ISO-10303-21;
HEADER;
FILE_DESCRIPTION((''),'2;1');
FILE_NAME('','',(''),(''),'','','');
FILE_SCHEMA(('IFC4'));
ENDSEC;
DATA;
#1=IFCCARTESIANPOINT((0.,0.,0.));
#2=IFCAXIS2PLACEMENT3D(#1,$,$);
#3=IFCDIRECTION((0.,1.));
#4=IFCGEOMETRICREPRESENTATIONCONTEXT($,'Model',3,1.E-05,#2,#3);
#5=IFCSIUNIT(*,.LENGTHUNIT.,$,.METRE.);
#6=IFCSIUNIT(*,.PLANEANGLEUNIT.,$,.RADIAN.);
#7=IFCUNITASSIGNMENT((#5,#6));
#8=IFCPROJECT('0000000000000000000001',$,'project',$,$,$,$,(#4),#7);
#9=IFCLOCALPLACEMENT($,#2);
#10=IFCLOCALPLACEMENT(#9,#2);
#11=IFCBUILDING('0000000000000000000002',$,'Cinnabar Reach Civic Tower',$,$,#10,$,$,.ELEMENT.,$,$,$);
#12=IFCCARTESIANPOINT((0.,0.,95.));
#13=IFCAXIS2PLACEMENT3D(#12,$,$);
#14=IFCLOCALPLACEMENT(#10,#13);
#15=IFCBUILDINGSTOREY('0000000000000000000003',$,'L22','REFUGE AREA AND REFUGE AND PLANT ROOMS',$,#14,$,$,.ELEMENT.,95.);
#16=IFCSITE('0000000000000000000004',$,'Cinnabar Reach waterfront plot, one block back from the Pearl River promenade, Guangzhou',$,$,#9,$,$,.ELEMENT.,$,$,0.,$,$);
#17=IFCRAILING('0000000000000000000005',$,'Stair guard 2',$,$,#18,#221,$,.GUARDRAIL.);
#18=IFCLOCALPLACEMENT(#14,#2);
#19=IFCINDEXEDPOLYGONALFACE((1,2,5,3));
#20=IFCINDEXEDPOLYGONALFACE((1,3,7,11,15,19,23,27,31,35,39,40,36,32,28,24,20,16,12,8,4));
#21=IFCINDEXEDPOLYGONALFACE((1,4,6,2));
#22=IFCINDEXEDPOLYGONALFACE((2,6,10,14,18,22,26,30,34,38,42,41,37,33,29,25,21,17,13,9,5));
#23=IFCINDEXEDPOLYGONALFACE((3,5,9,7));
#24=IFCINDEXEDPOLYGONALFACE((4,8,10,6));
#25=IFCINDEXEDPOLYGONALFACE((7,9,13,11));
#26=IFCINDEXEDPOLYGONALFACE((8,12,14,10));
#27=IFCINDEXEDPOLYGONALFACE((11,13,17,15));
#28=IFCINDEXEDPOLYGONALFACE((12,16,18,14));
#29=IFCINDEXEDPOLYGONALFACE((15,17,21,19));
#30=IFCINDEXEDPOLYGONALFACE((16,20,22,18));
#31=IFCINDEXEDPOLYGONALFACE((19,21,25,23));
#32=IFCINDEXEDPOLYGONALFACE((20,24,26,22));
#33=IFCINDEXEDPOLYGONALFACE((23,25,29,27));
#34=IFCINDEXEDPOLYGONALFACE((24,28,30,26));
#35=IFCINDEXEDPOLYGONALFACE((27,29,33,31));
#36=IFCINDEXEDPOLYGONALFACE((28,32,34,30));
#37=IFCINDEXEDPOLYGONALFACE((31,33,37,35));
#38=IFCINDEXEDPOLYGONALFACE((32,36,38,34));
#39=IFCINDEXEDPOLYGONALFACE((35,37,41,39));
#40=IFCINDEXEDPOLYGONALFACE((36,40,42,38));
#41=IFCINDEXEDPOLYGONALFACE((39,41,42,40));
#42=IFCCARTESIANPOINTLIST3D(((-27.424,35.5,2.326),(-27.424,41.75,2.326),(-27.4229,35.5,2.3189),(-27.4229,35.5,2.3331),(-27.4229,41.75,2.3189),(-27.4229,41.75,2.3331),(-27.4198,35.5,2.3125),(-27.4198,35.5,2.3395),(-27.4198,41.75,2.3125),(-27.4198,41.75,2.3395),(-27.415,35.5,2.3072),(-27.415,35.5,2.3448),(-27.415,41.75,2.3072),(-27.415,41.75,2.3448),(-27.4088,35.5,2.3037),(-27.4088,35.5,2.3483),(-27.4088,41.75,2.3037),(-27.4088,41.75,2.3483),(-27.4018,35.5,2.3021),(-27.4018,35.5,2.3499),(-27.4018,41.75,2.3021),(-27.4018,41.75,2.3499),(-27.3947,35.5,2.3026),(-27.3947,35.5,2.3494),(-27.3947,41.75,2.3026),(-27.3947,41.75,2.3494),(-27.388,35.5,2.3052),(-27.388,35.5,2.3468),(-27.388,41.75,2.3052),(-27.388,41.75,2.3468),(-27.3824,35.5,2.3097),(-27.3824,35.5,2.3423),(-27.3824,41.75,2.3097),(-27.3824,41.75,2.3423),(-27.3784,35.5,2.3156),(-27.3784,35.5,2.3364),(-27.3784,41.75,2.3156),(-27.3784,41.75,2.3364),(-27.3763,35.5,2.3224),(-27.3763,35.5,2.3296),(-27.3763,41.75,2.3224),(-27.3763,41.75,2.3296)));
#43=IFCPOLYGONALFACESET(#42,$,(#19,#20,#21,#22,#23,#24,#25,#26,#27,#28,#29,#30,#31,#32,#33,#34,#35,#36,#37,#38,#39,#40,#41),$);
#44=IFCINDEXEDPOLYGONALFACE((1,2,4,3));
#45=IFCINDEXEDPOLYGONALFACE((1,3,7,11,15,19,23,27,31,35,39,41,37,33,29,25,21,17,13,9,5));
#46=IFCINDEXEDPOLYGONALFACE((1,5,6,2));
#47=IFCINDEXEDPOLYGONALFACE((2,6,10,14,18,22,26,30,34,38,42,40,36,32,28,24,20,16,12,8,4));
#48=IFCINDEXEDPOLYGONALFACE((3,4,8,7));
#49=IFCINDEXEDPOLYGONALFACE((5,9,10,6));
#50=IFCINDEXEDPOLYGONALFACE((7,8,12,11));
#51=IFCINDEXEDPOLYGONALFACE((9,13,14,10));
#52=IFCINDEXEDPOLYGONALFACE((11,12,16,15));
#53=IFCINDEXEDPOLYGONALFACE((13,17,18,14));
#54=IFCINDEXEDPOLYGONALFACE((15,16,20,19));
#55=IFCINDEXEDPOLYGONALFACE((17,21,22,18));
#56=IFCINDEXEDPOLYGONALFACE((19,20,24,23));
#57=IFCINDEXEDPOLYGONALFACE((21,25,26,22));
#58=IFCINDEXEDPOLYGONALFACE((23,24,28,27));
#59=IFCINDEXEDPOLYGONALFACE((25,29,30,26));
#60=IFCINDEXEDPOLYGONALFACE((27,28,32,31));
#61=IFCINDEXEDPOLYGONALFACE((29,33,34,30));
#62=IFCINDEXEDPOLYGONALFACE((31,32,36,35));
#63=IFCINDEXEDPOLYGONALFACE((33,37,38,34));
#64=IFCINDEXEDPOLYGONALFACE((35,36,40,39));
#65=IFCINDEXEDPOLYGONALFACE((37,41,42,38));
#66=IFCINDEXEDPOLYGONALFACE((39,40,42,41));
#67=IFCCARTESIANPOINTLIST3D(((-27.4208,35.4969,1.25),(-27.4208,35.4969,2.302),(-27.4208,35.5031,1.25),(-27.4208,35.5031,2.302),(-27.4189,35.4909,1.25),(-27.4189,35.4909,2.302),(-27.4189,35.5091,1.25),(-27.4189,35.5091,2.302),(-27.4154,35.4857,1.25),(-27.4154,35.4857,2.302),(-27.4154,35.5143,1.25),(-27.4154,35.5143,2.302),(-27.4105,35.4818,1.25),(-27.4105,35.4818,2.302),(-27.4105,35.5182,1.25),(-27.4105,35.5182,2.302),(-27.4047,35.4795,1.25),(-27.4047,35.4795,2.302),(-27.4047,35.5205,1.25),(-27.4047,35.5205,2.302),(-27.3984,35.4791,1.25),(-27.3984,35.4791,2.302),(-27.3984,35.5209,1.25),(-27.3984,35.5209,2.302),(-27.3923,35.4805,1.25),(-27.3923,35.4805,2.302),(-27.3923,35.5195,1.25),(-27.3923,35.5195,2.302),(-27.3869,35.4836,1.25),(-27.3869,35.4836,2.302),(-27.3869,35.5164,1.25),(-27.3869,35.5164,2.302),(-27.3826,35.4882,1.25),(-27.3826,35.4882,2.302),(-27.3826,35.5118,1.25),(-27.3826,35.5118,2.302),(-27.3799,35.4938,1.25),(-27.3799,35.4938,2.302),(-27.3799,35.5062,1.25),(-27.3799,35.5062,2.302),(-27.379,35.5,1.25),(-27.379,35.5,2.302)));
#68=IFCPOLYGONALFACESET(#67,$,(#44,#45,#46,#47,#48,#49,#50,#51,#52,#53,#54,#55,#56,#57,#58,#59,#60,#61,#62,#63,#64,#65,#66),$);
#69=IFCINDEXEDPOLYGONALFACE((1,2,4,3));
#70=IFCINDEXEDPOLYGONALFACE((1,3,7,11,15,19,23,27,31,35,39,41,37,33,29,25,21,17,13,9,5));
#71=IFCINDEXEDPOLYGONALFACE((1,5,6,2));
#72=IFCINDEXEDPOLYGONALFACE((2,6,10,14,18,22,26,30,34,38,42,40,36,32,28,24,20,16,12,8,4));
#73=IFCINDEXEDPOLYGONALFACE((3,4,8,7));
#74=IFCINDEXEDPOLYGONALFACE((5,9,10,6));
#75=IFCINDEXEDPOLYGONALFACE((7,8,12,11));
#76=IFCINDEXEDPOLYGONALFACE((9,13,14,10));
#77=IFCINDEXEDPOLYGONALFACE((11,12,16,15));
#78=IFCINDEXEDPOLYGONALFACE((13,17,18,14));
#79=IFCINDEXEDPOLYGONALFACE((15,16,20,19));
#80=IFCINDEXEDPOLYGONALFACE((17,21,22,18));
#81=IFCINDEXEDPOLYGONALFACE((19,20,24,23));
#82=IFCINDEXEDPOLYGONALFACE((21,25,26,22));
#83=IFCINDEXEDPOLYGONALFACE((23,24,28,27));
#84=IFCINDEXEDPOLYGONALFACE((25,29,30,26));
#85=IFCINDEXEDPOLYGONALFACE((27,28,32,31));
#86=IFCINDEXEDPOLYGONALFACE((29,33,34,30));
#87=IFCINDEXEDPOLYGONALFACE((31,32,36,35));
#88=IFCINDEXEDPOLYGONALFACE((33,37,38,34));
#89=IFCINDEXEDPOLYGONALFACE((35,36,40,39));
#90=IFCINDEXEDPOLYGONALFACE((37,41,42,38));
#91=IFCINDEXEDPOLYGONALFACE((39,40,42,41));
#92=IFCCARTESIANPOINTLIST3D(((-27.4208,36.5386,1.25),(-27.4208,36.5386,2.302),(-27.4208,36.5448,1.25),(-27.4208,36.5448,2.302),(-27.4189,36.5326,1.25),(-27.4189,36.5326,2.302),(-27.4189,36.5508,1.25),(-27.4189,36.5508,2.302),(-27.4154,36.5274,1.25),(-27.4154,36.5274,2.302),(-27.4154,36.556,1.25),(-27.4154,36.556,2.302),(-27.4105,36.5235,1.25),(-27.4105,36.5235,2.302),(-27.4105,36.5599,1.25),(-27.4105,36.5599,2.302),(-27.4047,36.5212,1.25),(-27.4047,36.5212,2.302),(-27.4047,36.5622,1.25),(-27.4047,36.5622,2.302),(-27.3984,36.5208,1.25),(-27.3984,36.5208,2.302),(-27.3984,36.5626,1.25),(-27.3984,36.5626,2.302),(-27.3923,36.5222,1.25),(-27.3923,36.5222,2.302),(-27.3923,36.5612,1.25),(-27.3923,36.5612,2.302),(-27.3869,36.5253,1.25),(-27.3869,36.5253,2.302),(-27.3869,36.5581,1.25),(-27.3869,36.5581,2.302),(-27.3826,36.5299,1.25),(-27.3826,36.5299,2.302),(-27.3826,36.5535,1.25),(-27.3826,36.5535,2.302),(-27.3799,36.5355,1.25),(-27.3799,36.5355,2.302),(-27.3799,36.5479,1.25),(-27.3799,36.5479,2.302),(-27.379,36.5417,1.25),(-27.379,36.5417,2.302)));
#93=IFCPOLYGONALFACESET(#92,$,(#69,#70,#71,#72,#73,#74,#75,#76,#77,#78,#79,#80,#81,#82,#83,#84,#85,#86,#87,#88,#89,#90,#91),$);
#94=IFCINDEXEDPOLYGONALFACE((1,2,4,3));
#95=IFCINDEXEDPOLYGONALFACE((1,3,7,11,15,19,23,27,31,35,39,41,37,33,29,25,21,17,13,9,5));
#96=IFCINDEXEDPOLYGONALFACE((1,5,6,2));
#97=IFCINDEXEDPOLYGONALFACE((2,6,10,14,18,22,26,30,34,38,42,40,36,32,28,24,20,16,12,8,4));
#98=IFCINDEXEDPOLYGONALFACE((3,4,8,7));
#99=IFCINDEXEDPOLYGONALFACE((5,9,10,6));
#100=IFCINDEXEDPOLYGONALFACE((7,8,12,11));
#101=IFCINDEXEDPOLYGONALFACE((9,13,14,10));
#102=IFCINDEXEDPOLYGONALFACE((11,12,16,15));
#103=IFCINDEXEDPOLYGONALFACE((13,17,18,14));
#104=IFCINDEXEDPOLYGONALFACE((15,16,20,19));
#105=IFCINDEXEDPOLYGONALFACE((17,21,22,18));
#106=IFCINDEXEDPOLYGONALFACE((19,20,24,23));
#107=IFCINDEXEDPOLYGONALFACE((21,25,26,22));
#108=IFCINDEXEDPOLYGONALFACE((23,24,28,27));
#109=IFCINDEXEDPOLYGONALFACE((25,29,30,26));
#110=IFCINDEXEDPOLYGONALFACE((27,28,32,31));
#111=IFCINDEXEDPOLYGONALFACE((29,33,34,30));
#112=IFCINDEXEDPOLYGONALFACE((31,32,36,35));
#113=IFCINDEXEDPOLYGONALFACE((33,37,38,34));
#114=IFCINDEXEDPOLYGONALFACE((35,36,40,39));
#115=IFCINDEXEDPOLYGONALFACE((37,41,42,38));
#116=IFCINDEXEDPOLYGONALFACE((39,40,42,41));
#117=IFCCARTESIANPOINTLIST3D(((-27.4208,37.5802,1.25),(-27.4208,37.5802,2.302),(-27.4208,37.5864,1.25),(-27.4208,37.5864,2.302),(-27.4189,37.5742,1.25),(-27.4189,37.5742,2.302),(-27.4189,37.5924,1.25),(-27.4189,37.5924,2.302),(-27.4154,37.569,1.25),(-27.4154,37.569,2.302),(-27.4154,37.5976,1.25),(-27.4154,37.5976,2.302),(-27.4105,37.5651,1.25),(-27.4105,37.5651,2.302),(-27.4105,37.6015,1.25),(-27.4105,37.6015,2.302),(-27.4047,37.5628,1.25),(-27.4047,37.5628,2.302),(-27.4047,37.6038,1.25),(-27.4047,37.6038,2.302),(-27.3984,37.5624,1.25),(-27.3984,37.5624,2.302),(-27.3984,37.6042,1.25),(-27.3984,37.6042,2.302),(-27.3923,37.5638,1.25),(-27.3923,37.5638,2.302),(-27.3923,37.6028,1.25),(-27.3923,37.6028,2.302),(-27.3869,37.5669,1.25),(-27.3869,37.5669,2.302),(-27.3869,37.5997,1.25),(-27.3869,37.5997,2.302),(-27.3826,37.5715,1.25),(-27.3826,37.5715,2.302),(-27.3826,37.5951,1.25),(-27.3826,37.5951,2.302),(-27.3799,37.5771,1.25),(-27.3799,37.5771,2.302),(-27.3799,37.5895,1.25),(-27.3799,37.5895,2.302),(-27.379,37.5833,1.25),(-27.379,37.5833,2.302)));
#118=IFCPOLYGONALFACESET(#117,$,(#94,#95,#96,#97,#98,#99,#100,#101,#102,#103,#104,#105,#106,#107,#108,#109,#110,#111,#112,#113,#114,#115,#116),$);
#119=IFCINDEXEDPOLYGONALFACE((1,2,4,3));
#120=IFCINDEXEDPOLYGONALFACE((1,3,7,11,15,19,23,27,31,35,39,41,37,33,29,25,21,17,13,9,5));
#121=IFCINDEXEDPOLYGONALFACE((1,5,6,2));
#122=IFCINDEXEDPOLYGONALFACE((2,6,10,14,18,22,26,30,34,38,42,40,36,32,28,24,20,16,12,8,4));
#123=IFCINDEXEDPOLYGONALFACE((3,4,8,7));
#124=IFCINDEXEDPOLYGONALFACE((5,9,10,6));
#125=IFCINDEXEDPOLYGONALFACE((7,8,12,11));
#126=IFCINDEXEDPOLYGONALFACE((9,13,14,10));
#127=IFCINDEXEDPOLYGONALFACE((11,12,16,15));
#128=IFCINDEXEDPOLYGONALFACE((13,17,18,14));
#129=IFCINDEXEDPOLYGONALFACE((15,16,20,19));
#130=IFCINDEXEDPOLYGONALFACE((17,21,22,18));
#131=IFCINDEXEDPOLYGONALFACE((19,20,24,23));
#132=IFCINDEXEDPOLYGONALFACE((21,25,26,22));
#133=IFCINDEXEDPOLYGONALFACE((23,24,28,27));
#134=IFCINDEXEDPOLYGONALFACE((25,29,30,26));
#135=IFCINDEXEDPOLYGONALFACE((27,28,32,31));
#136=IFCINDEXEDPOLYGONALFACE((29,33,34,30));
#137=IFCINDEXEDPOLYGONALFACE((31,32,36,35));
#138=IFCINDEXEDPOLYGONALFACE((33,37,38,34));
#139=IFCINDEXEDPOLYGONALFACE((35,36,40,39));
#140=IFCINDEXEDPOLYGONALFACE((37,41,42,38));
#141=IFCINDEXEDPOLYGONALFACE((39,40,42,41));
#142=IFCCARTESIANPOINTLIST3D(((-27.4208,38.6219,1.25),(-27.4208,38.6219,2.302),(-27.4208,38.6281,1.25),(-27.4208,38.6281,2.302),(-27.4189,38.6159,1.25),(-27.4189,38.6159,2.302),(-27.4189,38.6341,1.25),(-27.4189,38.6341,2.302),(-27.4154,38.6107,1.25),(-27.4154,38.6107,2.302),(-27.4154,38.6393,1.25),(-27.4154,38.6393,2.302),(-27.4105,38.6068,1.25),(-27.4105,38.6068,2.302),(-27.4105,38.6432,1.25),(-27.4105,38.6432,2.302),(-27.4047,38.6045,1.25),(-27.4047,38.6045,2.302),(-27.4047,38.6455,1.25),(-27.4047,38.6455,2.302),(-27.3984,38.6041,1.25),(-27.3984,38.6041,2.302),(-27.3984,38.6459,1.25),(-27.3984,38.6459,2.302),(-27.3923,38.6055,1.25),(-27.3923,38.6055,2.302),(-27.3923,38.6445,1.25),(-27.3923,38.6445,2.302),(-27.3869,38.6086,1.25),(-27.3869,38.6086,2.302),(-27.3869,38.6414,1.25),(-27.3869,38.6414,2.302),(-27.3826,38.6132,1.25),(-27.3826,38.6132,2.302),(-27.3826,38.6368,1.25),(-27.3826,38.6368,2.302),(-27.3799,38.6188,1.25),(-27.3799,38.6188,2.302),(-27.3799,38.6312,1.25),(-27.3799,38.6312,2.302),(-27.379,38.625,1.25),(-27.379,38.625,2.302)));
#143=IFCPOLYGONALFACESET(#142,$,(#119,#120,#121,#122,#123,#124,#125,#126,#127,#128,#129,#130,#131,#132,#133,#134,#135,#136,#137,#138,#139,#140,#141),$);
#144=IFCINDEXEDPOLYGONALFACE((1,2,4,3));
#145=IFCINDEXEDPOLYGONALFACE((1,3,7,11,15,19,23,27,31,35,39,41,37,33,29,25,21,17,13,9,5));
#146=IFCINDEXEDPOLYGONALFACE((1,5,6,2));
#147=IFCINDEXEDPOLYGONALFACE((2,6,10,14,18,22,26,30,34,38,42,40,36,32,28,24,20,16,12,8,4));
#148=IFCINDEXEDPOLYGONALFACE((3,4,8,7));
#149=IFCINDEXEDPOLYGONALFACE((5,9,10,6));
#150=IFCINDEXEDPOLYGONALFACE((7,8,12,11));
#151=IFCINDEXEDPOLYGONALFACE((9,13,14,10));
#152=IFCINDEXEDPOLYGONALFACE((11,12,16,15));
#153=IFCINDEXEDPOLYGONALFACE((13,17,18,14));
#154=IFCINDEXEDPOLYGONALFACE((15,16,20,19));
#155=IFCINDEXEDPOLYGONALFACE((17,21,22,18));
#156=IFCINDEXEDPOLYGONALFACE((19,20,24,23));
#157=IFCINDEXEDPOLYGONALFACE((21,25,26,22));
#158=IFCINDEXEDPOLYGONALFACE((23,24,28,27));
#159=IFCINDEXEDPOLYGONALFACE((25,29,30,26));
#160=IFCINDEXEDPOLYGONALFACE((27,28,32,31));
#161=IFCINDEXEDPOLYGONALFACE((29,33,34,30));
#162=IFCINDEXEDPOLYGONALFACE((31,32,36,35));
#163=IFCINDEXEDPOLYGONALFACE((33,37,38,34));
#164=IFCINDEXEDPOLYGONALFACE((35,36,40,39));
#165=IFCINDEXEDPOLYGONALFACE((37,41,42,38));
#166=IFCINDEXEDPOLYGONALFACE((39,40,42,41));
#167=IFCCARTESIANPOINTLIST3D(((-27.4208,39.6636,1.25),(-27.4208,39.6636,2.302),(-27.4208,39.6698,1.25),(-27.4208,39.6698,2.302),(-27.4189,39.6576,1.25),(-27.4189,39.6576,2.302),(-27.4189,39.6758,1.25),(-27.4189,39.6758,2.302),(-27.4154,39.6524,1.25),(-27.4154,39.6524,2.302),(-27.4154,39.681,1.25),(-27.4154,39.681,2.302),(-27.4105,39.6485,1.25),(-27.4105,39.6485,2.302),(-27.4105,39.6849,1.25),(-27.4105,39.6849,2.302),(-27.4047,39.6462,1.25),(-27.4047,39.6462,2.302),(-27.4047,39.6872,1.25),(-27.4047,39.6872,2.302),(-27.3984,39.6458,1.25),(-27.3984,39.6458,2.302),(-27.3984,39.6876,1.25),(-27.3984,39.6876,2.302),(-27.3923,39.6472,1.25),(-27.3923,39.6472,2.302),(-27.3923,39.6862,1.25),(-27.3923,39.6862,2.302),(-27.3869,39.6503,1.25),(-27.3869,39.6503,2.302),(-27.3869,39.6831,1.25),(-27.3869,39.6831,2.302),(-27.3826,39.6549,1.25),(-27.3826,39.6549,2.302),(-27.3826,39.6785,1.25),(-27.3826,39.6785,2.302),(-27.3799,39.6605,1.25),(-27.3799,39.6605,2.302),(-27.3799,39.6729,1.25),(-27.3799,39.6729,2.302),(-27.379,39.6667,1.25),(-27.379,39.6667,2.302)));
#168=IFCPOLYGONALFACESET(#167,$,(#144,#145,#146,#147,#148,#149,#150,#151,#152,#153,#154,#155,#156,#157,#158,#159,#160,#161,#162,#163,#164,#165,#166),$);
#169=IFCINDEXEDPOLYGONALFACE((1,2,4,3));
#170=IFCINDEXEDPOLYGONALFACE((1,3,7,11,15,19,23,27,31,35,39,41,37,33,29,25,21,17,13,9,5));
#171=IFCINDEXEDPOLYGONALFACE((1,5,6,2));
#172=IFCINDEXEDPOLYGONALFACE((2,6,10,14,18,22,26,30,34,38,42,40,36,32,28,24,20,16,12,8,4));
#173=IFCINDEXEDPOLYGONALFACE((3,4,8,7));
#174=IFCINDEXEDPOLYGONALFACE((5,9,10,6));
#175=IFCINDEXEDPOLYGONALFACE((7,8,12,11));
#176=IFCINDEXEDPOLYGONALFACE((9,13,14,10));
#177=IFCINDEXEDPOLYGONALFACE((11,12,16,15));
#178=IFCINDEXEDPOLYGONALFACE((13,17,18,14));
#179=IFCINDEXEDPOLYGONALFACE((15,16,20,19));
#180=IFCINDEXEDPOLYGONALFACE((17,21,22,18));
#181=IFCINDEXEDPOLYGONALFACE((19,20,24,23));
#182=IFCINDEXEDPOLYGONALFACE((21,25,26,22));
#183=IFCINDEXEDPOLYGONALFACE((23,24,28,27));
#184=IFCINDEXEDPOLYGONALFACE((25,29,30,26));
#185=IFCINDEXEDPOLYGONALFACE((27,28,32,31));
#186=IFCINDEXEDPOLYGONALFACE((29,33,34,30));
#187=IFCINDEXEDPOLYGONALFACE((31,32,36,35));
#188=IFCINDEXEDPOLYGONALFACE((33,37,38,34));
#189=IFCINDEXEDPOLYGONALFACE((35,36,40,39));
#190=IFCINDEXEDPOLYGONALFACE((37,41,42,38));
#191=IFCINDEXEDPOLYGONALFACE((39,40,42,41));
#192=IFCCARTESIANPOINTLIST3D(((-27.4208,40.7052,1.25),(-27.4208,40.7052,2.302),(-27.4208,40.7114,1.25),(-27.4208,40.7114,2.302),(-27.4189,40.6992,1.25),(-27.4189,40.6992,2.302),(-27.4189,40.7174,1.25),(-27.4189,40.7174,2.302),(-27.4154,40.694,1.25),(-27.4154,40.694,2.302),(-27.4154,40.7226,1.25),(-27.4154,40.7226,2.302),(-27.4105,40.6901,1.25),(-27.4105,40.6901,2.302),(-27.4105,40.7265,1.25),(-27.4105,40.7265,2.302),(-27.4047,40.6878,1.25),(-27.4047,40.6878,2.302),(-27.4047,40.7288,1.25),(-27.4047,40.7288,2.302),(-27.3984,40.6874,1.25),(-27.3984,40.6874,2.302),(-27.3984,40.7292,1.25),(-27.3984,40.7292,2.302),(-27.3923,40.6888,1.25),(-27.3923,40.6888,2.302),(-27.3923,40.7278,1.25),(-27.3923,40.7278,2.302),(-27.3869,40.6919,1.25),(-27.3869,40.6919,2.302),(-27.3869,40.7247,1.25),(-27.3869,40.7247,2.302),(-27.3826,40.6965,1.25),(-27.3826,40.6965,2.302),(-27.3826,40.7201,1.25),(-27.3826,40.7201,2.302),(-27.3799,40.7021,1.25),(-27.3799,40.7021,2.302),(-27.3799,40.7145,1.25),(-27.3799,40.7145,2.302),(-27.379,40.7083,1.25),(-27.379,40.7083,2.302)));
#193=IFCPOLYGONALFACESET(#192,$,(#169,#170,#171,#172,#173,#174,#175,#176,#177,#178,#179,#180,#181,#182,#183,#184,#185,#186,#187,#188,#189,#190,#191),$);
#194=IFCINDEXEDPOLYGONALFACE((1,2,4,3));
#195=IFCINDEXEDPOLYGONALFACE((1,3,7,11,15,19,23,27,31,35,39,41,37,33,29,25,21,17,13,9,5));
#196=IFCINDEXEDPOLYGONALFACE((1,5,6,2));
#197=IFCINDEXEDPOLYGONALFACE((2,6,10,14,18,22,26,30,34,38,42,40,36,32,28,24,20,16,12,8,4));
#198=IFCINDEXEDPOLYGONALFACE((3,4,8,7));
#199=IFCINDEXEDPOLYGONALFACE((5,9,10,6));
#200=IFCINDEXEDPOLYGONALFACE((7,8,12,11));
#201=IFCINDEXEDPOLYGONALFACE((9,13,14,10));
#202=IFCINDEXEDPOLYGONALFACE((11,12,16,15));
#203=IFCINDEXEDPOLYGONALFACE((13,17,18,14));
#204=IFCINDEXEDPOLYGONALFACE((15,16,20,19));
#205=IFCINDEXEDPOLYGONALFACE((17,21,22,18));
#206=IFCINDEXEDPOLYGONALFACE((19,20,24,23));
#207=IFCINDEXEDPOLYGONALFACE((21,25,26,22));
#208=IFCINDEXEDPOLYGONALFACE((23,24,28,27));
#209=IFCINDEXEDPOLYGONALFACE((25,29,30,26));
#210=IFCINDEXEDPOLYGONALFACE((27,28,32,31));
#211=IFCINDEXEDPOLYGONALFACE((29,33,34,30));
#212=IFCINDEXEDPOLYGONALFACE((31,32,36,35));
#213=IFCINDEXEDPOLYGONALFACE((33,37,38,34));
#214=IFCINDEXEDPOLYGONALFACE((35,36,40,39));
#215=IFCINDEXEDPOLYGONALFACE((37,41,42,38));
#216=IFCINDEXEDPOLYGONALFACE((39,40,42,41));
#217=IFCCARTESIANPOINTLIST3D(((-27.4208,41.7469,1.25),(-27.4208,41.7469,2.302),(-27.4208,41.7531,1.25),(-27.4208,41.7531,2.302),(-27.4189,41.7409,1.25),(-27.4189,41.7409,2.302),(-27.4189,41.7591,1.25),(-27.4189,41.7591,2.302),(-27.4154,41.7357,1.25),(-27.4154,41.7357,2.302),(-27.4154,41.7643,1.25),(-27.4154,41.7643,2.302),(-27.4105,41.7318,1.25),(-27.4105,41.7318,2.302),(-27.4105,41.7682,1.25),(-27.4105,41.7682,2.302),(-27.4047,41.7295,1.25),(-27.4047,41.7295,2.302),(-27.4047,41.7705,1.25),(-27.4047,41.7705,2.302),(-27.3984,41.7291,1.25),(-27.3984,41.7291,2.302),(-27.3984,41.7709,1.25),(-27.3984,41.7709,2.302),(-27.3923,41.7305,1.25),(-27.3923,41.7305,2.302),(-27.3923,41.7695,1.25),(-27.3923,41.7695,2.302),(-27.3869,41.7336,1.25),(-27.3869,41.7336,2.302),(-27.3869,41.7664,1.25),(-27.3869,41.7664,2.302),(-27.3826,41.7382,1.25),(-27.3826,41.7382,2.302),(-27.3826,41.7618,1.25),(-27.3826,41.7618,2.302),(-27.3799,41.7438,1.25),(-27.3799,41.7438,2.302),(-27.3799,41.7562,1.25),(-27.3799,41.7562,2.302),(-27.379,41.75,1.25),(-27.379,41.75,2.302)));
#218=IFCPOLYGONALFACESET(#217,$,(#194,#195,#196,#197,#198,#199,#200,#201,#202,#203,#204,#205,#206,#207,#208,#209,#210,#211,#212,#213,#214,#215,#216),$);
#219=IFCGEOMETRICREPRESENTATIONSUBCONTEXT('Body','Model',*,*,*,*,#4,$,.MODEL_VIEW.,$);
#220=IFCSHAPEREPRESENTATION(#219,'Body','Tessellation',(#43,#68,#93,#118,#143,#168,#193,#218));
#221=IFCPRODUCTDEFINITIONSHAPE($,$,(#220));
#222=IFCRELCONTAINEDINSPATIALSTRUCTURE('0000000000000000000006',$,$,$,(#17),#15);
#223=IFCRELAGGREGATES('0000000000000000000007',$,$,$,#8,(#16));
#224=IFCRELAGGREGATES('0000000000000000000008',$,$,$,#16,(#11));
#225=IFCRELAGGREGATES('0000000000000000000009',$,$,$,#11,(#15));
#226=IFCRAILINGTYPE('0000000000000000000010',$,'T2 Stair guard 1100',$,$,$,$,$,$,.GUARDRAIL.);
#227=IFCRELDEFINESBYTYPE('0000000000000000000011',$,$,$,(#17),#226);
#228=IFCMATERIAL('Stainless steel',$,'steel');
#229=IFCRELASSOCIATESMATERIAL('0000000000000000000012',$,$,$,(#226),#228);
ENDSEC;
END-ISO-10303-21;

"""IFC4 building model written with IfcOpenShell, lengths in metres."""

from ifc_helpers import new_model, si_unit, direction, frame, origin, origin_2d, place, context, subcontext, project, spatial, circle, extrude, material, type_object, element, save


model = new_model("IFC4")

# Units and contexts
model_context = context("Model", 3, precision=1e-05, world=origin(), true_north=direction((0.0, 1.0)))
body_context = subcontext(model_context, "Body", "Model", "MODEL_VIEW")
ifc_project = project(units=[si_unit("LENGTHUNIT", "METRE"), si_unit("PLANEANGLEUNIT", "RADIAN")], contexts=[model_context])

# Site, building, storey
site_placement = place(None, origin())
site = spatial("IfcSite", under=ifc_project, at=site_placement, Name="Cinnabar Reach waterfront plot, one block back from the Pearl River promenade, Guangzhou", CompositionType="ELEMENT", RefElevation=0.0)
building_placement = place(site_placement, origin())
building = spatial("IfcBuilding", under=site, at=building_placement, Name="Cinnabar Reach Civic Tower", CompositionType="ELEMENT")
storey_placement = place(building_placement, frame((0.0, 0.0, 95.0)))
storey = spatial("IfcBuildingStorey", under=building, at=storey_placement, Name="L22", Description="REFUGE AREA AND REFUGE AND PLANT ROOMS", CompositionType="ELEMENT", Elevation=95.0)

# Railing
ifc_material_1 = material(Name="Stainless steel", Category="steel")
railing_type = type_object("IfcRailingType", Name="T2 Stair guard 1100", PredefinedType="GUARDRAIL", material=ifc_material_1)
for number, where, name in (
    (1, (-27.4, 35.5, 1.25), "Stair guard 2"),
):
    element("IfcRailing", number, at=place(storey_placement, frame(where)), inside=storey, type_object=railing_type, Name=name, PredefinedType="GUARDRAIL", context=body_context, shape_type="SweptSolid", body=[
        extrude(circle(Radius=0.024, at=origin_2d()), frame((0.0, 0.0, 1.076), z_axis=(0.0, 1.0, 0.0), x_axis=(-1.0, 0.0, 0.0)), (0.0, 0.0, 1.0), 6.25),
        extrude(circle(Radius=0.021, at=origin_2d()), origin(), (0.0, 0.0, 1.0), 1.052),
        extrude(circle(Radius=0.021, at=origin_2d()), frame((0.0, 1.0417, 0.0)), (0.0, 0.0, 1.0), 1.052),
        extrude(circle(Radius=0.021, at=origin_2d()), frame((0.0, 2.0833, 0.0)), (0.0, 0.0, 1.0), 1.052),
        extrude(circle(Radius=0.021, at=origin_2d()), frame((0.0, 3.125, 0.0)), (0.0, 0.0, 1.0), 1.052),
        extrude(circle(Radius=0.021, at=origin_2d()), frame((0.0, 4.1667, 0.0)), (0.0, 0.0, 1.0), 1.052),
        extrude(circle(Radius=0.021, at=origin_2d()), frame((0.0, 5.2083, 0.0)), (0.0, 0.0, 1.0), 1.052),
        extrude(circle(Radius=0.021, at=origin_2d()), frame((0.0, 6.25, 0.0)), (0.0, 0.0, 1.0), 1.052),
    ])

save(model, "model.ifc")
